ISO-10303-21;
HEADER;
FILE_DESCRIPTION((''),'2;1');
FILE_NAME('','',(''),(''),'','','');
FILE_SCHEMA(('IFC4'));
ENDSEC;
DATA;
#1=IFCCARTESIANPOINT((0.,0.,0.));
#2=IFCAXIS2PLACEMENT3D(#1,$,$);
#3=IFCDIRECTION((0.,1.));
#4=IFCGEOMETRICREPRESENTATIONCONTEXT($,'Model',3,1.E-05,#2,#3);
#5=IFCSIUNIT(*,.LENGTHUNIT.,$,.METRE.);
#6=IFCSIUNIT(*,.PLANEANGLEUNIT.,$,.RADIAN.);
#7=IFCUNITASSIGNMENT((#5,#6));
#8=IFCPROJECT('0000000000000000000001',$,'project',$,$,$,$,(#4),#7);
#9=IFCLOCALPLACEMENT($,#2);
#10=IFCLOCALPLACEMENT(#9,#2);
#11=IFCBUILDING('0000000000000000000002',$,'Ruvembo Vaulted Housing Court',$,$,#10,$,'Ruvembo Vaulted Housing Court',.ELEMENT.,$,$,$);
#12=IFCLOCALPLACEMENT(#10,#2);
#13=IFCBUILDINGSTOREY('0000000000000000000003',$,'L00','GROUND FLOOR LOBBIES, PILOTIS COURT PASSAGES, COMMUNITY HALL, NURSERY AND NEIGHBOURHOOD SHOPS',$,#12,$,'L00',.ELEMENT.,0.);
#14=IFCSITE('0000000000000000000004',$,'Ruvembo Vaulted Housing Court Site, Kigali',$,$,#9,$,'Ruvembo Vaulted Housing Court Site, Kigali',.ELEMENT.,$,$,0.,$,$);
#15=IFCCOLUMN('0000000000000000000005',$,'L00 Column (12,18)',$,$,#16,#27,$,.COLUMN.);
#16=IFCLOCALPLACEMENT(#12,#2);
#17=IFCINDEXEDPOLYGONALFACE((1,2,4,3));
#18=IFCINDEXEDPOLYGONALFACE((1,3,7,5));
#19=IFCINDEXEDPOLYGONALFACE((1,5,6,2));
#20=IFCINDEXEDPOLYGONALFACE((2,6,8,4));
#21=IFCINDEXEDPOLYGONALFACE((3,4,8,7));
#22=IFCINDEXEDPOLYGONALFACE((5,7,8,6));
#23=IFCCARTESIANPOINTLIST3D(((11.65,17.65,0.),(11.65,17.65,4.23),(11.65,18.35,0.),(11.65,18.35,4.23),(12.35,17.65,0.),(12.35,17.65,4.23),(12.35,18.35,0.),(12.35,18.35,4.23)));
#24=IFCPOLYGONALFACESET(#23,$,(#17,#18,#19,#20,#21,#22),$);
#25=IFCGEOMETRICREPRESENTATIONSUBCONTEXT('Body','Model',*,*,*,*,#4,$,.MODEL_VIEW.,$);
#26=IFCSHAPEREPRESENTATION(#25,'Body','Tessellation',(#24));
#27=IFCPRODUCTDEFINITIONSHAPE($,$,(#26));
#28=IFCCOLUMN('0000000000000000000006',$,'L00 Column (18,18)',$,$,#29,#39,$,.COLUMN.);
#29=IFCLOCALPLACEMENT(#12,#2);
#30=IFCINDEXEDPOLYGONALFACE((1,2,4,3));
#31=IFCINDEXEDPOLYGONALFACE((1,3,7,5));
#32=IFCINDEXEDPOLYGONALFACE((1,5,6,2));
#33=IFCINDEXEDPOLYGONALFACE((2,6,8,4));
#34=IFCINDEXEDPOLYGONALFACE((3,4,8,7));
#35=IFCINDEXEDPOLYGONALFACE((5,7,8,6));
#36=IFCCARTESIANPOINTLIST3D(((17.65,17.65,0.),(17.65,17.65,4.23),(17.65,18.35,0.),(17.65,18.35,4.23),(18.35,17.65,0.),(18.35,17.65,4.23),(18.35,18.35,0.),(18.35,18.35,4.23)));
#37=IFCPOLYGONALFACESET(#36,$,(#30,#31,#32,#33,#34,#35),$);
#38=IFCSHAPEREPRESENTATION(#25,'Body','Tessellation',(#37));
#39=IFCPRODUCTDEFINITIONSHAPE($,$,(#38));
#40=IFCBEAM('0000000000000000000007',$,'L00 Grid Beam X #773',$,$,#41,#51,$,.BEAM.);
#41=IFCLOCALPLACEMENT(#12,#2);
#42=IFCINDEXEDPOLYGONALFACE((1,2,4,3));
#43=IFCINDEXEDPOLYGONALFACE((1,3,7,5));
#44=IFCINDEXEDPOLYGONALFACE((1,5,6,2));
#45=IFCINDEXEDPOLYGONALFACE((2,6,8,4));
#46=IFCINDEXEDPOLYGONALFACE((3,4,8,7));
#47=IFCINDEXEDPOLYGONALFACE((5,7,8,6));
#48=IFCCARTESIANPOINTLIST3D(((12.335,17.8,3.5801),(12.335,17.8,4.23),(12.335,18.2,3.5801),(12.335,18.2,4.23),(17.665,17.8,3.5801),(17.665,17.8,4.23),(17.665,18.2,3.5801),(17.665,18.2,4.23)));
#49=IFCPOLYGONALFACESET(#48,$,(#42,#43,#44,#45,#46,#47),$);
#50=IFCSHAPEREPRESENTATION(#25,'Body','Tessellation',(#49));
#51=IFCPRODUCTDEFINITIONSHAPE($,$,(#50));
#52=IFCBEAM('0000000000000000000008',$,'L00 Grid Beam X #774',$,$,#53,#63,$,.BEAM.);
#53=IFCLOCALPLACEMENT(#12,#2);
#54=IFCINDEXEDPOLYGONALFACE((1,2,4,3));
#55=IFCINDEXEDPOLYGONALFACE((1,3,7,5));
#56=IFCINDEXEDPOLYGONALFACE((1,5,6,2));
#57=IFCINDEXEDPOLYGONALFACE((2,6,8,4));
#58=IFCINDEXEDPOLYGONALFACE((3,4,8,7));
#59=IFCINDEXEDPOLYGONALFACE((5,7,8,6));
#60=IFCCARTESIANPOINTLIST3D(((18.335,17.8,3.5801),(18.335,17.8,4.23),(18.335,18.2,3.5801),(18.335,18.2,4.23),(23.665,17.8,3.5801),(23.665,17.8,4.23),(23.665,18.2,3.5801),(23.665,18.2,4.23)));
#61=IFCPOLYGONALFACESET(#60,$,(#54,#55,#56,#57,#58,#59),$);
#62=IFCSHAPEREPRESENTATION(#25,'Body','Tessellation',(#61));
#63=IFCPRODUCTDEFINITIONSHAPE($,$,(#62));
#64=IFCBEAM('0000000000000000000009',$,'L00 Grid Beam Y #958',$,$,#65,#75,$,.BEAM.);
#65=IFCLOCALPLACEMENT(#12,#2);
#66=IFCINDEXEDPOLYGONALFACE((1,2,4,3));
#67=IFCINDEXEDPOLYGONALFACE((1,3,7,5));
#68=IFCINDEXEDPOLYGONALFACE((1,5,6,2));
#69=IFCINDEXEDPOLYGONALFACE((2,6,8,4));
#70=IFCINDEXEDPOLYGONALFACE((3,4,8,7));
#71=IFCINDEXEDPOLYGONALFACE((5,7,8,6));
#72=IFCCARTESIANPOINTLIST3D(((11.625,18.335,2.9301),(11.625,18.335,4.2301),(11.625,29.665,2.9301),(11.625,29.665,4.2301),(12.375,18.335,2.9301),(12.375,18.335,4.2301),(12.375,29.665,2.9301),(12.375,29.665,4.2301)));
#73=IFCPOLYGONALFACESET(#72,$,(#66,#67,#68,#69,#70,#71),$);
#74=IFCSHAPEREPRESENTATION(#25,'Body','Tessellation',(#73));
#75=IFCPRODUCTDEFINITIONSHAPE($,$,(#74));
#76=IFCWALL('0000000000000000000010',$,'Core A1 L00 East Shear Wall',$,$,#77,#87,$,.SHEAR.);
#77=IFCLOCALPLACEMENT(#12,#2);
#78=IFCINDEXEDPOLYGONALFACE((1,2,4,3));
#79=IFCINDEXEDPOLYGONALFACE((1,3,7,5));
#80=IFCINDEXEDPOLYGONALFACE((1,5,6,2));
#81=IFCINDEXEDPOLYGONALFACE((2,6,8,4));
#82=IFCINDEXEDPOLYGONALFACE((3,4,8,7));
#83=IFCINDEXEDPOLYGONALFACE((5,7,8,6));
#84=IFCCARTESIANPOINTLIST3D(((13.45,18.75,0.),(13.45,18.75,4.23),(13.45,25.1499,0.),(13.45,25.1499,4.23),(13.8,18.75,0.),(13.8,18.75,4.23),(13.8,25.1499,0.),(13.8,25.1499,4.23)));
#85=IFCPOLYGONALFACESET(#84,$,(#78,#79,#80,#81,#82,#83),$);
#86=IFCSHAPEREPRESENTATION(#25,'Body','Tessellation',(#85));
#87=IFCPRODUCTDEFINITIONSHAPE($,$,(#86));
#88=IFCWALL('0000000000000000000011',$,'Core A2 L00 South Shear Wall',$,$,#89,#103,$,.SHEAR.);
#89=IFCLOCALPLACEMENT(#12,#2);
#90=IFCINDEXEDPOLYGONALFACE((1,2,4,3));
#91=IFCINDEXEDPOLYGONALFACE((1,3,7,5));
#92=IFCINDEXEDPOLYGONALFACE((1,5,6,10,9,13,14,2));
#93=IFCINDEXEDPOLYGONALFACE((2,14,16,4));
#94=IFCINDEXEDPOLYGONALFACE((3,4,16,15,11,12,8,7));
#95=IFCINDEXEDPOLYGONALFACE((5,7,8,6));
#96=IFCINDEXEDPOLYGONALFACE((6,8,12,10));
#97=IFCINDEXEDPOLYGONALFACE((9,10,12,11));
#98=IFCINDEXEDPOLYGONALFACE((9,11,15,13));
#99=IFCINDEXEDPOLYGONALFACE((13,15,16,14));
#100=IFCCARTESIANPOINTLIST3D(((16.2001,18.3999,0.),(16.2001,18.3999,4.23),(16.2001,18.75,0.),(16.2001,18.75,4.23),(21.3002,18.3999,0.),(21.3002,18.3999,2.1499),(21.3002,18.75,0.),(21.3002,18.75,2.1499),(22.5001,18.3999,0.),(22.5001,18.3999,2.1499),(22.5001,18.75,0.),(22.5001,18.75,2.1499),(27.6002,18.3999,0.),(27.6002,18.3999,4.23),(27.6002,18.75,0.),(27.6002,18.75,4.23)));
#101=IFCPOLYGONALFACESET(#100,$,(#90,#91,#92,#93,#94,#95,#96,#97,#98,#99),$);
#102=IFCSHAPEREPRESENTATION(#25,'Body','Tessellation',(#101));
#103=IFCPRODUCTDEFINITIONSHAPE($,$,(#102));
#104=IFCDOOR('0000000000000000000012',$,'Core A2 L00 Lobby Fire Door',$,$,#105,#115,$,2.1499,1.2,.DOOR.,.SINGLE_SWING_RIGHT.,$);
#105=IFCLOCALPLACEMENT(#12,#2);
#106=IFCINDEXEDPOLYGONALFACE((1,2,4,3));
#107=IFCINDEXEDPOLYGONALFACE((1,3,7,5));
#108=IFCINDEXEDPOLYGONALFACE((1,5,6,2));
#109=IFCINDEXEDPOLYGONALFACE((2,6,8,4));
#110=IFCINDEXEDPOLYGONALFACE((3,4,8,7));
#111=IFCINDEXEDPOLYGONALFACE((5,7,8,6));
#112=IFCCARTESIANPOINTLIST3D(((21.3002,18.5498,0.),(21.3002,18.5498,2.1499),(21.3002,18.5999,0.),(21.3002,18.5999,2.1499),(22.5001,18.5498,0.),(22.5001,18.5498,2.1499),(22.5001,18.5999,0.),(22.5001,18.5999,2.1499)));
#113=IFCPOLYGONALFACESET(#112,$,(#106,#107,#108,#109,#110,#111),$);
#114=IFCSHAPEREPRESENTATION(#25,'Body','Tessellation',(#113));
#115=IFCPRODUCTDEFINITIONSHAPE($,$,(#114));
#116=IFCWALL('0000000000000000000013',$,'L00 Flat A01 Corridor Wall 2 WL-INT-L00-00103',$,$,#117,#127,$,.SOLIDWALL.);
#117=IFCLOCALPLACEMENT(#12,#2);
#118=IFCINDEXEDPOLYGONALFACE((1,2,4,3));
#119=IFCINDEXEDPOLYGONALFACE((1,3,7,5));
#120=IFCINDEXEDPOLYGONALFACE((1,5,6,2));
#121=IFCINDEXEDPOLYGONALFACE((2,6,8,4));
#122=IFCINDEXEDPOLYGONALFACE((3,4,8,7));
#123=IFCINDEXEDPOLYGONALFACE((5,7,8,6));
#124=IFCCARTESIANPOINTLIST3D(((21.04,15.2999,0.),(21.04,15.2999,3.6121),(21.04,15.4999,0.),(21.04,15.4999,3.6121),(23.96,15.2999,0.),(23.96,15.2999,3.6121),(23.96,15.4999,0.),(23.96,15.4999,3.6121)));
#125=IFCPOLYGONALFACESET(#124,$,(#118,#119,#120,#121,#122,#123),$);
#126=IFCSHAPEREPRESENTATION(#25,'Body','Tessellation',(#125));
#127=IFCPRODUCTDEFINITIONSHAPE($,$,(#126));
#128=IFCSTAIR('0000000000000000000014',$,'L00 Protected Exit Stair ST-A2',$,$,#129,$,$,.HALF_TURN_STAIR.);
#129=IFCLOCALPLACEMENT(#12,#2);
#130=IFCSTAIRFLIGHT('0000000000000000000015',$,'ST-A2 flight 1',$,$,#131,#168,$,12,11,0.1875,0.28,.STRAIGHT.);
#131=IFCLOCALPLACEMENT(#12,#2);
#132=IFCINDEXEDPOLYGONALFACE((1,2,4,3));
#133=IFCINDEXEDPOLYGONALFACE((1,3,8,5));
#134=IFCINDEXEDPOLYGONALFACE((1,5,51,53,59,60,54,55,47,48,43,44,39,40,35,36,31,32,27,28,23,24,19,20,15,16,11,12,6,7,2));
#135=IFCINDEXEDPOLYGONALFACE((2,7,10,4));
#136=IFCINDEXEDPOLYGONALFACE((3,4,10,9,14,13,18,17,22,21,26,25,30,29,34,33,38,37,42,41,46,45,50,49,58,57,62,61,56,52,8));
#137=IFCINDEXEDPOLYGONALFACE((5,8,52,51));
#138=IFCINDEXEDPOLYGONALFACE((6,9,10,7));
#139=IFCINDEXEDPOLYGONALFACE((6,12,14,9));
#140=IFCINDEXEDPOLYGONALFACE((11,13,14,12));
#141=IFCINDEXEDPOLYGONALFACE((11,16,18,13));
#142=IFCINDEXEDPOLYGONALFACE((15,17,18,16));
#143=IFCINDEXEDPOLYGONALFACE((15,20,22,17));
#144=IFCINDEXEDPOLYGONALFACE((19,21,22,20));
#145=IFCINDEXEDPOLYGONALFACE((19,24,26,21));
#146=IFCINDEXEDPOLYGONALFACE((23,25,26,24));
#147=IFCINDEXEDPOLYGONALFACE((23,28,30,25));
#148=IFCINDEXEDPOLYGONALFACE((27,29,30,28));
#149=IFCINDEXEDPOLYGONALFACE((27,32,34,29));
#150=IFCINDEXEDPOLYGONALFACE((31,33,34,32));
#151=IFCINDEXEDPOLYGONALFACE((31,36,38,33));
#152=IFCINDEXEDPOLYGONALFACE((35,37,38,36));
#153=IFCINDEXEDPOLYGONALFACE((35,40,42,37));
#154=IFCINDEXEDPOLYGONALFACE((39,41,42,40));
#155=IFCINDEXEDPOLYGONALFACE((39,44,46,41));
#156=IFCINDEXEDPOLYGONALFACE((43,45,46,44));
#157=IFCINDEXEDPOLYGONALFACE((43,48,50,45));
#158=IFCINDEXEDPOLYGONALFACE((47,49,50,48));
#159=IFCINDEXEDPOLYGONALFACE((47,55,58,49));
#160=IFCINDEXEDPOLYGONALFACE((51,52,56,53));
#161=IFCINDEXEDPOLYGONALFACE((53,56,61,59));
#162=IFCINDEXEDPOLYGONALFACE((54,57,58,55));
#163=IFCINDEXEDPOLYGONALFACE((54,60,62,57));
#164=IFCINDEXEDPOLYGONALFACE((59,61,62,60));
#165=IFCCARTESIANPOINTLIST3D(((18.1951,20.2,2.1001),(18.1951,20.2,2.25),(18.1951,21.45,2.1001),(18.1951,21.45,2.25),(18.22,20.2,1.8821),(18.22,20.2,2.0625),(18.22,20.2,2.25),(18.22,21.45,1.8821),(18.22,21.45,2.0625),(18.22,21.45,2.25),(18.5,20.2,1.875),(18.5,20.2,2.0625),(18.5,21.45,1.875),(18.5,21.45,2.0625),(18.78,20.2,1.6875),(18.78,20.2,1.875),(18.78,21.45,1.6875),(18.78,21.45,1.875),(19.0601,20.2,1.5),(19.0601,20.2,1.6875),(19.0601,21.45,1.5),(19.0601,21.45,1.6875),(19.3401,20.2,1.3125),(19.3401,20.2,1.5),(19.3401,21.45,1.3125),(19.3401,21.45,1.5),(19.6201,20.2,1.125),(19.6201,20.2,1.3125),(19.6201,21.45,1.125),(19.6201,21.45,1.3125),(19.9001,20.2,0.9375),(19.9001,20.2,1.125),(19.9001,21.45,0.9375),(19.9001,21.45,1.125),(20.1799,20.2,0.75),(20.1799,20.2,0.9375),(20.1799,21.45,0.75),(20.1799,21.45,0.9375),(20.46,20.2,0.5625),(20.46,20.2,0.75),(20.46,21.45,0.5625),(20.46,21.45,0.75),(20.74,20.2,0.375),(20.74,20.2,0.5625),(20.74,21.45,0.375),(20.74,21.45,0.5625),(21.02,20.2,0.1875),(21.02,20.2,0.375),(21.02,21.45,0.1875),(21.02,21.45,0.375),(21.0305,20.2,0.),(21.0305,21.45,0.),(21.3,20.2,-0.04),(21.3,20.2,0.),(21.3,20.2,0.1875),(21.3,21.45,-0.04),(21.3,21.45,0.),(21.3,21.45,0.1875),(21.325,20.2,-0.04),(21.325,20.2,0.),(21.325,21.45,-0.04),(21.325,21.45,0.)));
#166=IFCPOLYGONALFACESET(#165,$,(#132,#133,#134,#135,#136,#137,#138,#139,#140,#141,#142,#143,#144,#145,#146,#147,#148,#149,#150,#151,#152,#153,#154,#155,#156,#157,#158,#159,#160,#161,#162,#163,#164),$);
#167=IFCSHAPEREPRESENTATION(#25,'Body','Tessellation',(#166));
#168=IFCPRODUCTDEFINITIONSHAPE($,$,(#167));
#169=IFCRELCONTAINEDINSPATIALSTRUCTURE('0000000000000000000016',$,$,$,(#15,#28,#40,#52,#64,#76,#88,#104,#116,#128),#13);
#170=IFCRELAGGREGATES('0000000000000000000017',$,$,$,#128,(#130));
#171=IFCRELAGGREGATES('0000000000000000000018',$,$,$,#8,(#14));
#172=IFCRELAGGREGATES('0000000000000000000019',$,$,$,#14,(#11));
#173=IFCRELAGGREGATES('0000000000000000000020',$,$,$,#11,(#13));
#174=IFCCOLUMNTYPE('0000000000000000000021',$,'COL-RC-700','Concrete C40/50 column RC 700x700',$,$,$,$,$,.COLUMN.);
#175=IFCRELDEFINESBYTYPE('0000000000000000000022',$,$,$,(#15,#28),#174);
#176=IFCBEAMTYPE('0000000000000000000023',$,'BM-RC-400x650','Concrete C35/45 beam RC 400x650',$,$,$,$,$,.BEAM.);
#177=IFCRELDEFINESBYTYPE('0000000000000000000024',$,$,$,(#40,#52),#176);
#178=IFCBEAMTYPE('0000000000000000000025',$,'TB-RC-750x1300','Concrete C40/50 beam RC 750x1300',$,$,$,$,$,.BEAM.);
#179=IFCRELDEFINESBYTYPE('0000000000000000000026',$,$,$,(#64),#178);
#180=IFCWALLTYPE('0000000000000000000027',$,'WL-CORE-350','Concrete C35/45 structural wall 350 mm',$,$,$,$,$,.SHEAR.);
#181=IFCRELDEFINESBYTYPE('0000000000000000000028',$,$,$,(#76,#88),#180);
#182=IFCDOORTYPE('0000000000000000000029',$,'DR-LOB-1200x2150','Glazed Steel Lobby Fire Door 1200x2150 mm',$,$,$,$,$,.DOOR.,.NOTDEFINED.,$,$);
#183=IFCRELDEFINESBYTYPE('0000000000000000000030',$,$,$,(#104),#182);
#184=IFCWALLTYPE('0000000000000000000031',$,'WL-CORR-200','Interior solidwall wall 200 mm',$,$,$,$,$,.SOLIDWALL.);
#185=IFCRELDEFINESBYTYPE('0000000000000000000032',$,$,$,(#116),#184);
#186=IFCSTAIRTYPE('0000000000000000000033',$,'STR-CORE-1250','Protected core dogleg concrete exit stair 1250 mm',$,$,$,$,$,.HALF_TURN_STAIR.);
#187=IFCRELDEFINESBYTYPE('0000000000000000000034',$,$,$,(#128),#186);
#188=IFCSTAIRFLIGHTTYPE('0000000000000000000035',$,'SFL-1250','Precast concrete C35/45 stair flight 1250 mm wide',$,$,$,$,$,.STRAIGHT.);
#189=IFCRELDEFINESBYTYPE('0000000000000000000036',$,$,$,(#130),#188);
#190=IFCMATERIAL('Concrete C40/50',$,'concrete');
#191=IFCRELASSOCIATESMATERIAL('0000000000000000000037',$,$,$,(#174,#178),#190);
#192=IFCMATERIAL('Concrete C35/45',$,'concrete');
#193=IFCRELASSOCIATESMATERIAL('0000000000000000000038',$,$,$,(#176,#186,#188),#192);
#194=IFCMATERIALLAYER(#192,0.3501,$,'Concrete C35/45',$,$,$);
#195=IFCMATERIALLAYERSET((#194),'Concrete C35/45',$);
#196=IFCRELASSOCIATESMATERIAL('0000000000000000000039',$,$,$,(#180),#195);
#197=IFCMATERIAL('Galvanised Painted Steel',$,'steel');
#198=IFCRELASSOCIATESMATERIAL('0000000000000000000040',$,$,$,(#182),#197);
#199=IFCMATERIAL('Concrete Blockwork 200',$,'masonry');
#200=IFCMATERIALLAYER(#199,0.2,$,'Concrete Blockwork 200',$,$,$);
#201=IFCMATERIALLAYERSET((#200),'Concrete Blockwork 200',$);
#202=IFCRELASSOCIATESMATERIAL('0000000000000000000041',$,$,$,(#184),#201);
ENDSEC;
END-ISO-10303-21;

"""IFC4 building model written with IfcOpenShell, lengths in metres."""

from ifc_helpers import new_model, si_unit, direction, frame, frame_2d, origin, origin_2d, place, context, subcontext, project, spatial, polyline, rectangle, outline, extrude, material, layer, layer_set, material_profile, profile_set, type_object, element, fill, aggregate, save


model = new_model("IFC4")

# Units and contexts
model_context = context("Model", 3, precision=1e-05, world=origin(), true_north=direction((0.0, 1.0)))
body_context = subcontext(model_context, "Body", "Model", "MODEL_VIEW")
ifc_project = project(units=[si_unit("LENGTHUNIT", "METRE"), si_unit("PLANEANGLEUNIT", "RADIAN")], contexts=[model_context])

# Site, building, storey
site_placement = place(None, origin())
site = spatial("IfcSite", under=ifc_project, at=site_placement, Name="Ruvembo Vaulted Housing Court Site, Kigali", LongName="Ruvembo Vaulted Housing Court Site, Kigali", CompositionType="ELEMENT", RefElevation=0.0)
building_placement = place(site_placement, origin())
building = spatial("IfcBuilding", under=site, at=building_placement, Name="Ruvembo Vaulted Housing Court", LongName="Ruvembo Vaulted Housing Court", CompositionType="ELEMENT")
storey_placement = place(building_placement, origin())
storey = spatial("IfcBuildingStorey", under=building, at=storey_placement, Name="L00", Description="GROUND FLOOR LOBBIES, PILOTIS COURT PASSAGES, COMMUNITY HALL, NURSERY AND NEIGHBOURHOOD SHOPS", LongName="L00", CompositionType="ELEMENT", Elevation=0.0)

# Columns
ifc_material_1 = material(Name="Concrete C40/50", Category="concrete")
ifc_material_profile_1 = material_profile(ifc_material_1, rectangle(XDim=0.7, YDim=0.7, at=origin_2d()), Name="RC 700x700")
ifc_profile_set_1 = profile_set([ifc_material_profile_1], Name="Concrete C40/50")
column_type = type_object("IfcColumnType", Name="COL-RC-700", Description="Concrete C40/50 column RC 700x700", PredefinedType="COLUMN", material=ifc_profile_set_1)
for number, where, z_axis, x_axis, name in (
    (1, (12.0, 18.0, 0.0), (0.0, 0.0, 1.0), (1.0, 0.0, 0.0), "L00 Column (12,18)"),
    (2, (18.0, 18.0, 0.0), (0.0, 0.0, 1.0), (1.0, 0.0, 0.0), "L00 Column (18,18)"),
):
    element("IfcColumn", number, at=place(storey_placement, frame(where, z_axis=z_axis, x_axis=x_axis)), inside=storey, type_object=column_type, Name=name, PredefinedType="COLUMN", context=body_context, shape_type="SweptSolid", body=[
        extrude(rectangle(XDim=0.7, YDim=0.7, at=origin_2d()), origin(), (0.0, 0.0, 1.0), 4.23),
    ])

# Beams
ifc_material_2 = material(Name="Concrete C35/45", Category="concrete")
ifc_material_profile_2 = material_profile(ifc_material_2, rectangle(XDim=0.3999, YDim=0.6499, at=origin_2d()), Name="RC 400x650")
ifc_profile_set_2 = profile_set([ifc_material_profile_2], Name="Concrete C35/45")
beam_type_1 = type_object("IfcBeamType", Name="BM-RC-400x650", Description="Concrete C35/45 beam RC 400x650", PredefinedType="BEAM", material=ifc_profile_set_2)
for number, where, z_axis, x_axis, name in (
    (3, (12.335, 18.0, 3.905), (1.0, 0.0, 0.0), (0.0, 1.0, 0.0), "L00 Grid Beam X #773"),
    (4, (18.335, 18.0, 3.905), (1.0, 0.0, 0.0), (0.0, 1.0, 0.0), "L00 Grid Beam X #774"),
):
    element("IfcBeam", number, at=place(storey_placement, frame(where, z_axis=z_axis, x_axis=x_axis)), inside=storey, type_object=beam_type_1, Name=name, PredefinedType="BEAM", context=body_context, shape_type="SweptSolid", body=[
        extrude(rectangle(XDim=0.3999, YDim=0.6499, at=origin_2d()), origin(), (0.0, 0.0, 1.0), 5.3301),
    ])
ifc_material_profile_3 = material_profile(ifc_material_1, rectangle(XDim=0.75, YDim=1.3, at=origin_2d()), Name="RC 750x1300")
ifc_profile_set_3 = profile_set([ifc_material_profile_3], Name="Concrete C40/50")
beam_type_2 = type_object("IfcBeamType", Name="TB-RC-750x1300", Description="Concrete C40/50 beam RC 750x1300", PredefinedType="BEAM", material=ifc_profile_set_3)
beam_placement = place(storey_placement, frame((12.0, 18.335, 3.5801), z_axis=(0.0, 1.0, 0.0), x_axis=(-1.0, 0.0, 0.0)))
element("IfcBeam", 5, at=beam_placement, inside=storey, type_object=beam_type_2, Name="L00 Grid Beam Y #958", PredefinedType="BEAM", context=body_context, shape_type="SweptSolid", body=[
    extrude(rectangle(XDim=0.75, YDim=1.3, at=origin_2d()), origin(), (0.0, 0.0, 1.0), 11.3301),
])

# Shared definitions
ifc_material_3 = material(Name="Galvanised Painted Steel", Category="steel")

# Wall
ifc_layer_1 = layer(ifc_material_2, 0.3501, Name="Concrete C35/45")
ifc_layer_set_1 = layer_set([ifc_layer_1], Name="Concrete C35/45")
wall_type_1 = type_object("IfcWallType", Name="WL-CORE-350", Description="Concrete C35/45 structural wall 350 mm", PredefinedType="SHEAR", material=ifc_layer_set_1)
wall_1_placement = place(storey_placement, frame((13.625, 18.75, 0.0), z_axis=(0.0, 0.0, 1.0), x_axis=(0.0, 1.0, 0.0)))
element("IfcWall", 6, at=wall_1_placement, inside=storey, type_object=wall_type_1, Name="Core A1 L00 East Shear Wall", PredefinedType="SHEAR", context=body_context, shape_type="SweptSolid", body=[
    extrude(rectangle(XDim=6.3999, YDim=0.3501, at=frame_2d((3.2, 0.0))), origin(), (0.0, 0.0, 1.0), 4.23),
])

# Wall, opening, door
wall_2_placement = place(storey_placement, frame((16.2, 18.575, 0.0), z_axis=(0.0, 0.0, 1.0), x_axis=(1.0, 0.0, 0.0)))
wall_2 = element("IfcWall", 7, at=wall_2_placement, inside=storey, type_object=wall_type_1, Name="Core A2 L00 South Shear Wall", PredefinedType="SHEAR", context=body_context, shape_type="SweptSolid", body=[
    extrude(rectangle(XDim=11.4001, YDim=0.3501, at=frame_2d((5.7002, 0.0))), origin(), (0.0, 0.0, 1.0), 4.23),
])
opening_1_placement = place(wall_2_placement, frame((5.1001, 0.0, 0.0)))
opening_1 = element("IfcOpeningElement", 8, at=opening_1_placement, cuts=wall_2, PredefinedType="OPENING", context=body_context, shape_type="SweptSolid", body=[
    extrude(rectangle(XDim=1.2, YDim=2.1499, at=frame_2d((0.6001, 1.075))), frame((0.0, 0.1851, 0.0), z_axis=(0.0, -1.0, 0.0), x_axis=(1.0, 0.0, 0.0)), (0.0, 0.0, 1.0), 0.3701),
])
door_type_1 = type_object("IfcDoorType", Name="DR-LOB-1200x2150", Description="Glazed Steel Lobby Fire Door 1200x2150 mm", OperationType="NOTDEFINED", PredefinedType="DOOR", material=ifc_material_3)
door_1_placement = place(opening_1_placement, origin())
door_1 = element("IfcDoor", 9, at=door_1_placement, inside=storey, type_object=door_type_1, Name="Core A2 L00 Lobby Fire Door", OperationType="SINGLE_SWING_RIGHT", OverallHeight=2.1499, OverallWidth=1.2, PredefinedType="DOOR", context=body_context, shape_type="SweptSolid", body=[
    extrude(rectangle(XDim=1.2, YDim=2.1499, at=frame_2d((0.6001, 1.075))), frame((0.0, 0.0249, 0.0), z_axis=(0.0, -1.0, 0.0), x_axis=(1.0, 0.0, 0.0)), (0.0, 0.0, 1.0), 0.05),
])
fill(opening_1, door_1)

# Wall
ifc_material_4 = material(Name="Concrete Blockwork 200", Category="masonry")
ifc_layer_2 = layer(ifc_material_4, 0.2, Name="Concrete Blockwork 200")
ifc_layer_set_2 = layer_set([ifc_layer_2], Name="Concrete Blockwork 200")
wall_type_2 = type_object("IfcWallType", Name="WL-CORR-200", Description="Interior solidwall wall 200 mm", PredefinedType="SOLIDWALL", material=ifc_layer_set_2)
wall_3_placement = place(storey_placement, frame((21.04, 15.3999, 0.0), z_axis=(0.0, 0.0, 1.0), x_axis=(1.0, 0.0, 0.0)))
element("IfcWall", 10, at=wall_3_placement, inside=storey, type_object=wall_type_2, Name="L00 Flat A01 Corridor Wall 2 WL-INT-L00-00103", PredefinedType="SOLIDWALL", context=body_context, shape_type="SweptSolid", body=[
    extrude(rectangle(XDim=2.9199, YDim=0.2, at=frame_2d((1.46, 0.0))), origin(), (0.0, 0.0, 1.0), 3.6121),
])

# Stair, stair flight
stair_type = type_object("IfcStairType", Name="STR-CORE-1250", Description="Protected core dogleg concrete exit stair 1250 mm", PredefinedType="HALF_TURN_STAIR", material=ifc_material_2)
stair_placement = place(storey_placement, origin())
stair = element("IfcStair", 11, at=stair_placement, inside=storey, type_object=stair_type, Name="L00 Protected Exit Stair ST-A2", PredefinedType="HALF_TURN_STAIR")
stair_flight_type = type_object("IfcStairFlightType", Name="SFL-1250", Description="Precast concrete C35/45 stair flight 1250 mm wide", PredefinedType="STRAIGHT", material=ifc_material_2)
stair_flight_1_placement = place(storey_placement, frame((21.3, 20.825, 0.0), z_axis=(0.0, 0.0, 1.0), x_axis=(-1.0, 0.0, 0.0)))
stair_flight_1 = element("IfcStairFlight", 12, at=stair_flight_1_placement, type_object=stair_flight_type, Name="ST-A2 flight 1", NumberOfRisers=12, NumberOfTreads=11, PredefinedType="STRAIGHT", RiserHeight=0.1875, TreadLength=0.28, context=body_context, shape_type="SweptSolid", body=[
    extrude(outline(polyline([(-0.0249, -0.04), (-0.0249, 0.0), (0.0, 0.0), (0.0, 0.1875), (0.28, 0.1875), (0.28, 0.375), (0.5601, 0.375), (0.5601, 0.5625), (0.8401, 0.5625), (0.8401, 0.75), (1.1201, 0.75), (1.1201, 0.9375), (1.3999, 0.9375), (1.3999, 1.125), (1.6799, 1.125), (1.6799, 1.3125), (1.96, 1.3125), (1.96, 1.5), (2.24, 1.5), (2.24, 1.6875), (2.52, 1.6875), (2.52, 1.875), (2.8, 1.875), (2.8, 2.0625), (3.0801, 2.0625), (3.0801, 2.25), (3.105, 2.25), (3.105, 2.1001), (3.0801, 1.8821), (0.2695, 0.0), (0.0, -0.04), (-0.0249, -0.04)])), frame((0.0, 0.625, 0.0), z_axis=(0.0, -1.0, 0.0), x_axis=(1.0, 0.0, 0.0)), (0.0, 0.0, 1.0), 1.25),
])
aggregate(stair, [stair_flight_1])

save(model, "model.ifc")
